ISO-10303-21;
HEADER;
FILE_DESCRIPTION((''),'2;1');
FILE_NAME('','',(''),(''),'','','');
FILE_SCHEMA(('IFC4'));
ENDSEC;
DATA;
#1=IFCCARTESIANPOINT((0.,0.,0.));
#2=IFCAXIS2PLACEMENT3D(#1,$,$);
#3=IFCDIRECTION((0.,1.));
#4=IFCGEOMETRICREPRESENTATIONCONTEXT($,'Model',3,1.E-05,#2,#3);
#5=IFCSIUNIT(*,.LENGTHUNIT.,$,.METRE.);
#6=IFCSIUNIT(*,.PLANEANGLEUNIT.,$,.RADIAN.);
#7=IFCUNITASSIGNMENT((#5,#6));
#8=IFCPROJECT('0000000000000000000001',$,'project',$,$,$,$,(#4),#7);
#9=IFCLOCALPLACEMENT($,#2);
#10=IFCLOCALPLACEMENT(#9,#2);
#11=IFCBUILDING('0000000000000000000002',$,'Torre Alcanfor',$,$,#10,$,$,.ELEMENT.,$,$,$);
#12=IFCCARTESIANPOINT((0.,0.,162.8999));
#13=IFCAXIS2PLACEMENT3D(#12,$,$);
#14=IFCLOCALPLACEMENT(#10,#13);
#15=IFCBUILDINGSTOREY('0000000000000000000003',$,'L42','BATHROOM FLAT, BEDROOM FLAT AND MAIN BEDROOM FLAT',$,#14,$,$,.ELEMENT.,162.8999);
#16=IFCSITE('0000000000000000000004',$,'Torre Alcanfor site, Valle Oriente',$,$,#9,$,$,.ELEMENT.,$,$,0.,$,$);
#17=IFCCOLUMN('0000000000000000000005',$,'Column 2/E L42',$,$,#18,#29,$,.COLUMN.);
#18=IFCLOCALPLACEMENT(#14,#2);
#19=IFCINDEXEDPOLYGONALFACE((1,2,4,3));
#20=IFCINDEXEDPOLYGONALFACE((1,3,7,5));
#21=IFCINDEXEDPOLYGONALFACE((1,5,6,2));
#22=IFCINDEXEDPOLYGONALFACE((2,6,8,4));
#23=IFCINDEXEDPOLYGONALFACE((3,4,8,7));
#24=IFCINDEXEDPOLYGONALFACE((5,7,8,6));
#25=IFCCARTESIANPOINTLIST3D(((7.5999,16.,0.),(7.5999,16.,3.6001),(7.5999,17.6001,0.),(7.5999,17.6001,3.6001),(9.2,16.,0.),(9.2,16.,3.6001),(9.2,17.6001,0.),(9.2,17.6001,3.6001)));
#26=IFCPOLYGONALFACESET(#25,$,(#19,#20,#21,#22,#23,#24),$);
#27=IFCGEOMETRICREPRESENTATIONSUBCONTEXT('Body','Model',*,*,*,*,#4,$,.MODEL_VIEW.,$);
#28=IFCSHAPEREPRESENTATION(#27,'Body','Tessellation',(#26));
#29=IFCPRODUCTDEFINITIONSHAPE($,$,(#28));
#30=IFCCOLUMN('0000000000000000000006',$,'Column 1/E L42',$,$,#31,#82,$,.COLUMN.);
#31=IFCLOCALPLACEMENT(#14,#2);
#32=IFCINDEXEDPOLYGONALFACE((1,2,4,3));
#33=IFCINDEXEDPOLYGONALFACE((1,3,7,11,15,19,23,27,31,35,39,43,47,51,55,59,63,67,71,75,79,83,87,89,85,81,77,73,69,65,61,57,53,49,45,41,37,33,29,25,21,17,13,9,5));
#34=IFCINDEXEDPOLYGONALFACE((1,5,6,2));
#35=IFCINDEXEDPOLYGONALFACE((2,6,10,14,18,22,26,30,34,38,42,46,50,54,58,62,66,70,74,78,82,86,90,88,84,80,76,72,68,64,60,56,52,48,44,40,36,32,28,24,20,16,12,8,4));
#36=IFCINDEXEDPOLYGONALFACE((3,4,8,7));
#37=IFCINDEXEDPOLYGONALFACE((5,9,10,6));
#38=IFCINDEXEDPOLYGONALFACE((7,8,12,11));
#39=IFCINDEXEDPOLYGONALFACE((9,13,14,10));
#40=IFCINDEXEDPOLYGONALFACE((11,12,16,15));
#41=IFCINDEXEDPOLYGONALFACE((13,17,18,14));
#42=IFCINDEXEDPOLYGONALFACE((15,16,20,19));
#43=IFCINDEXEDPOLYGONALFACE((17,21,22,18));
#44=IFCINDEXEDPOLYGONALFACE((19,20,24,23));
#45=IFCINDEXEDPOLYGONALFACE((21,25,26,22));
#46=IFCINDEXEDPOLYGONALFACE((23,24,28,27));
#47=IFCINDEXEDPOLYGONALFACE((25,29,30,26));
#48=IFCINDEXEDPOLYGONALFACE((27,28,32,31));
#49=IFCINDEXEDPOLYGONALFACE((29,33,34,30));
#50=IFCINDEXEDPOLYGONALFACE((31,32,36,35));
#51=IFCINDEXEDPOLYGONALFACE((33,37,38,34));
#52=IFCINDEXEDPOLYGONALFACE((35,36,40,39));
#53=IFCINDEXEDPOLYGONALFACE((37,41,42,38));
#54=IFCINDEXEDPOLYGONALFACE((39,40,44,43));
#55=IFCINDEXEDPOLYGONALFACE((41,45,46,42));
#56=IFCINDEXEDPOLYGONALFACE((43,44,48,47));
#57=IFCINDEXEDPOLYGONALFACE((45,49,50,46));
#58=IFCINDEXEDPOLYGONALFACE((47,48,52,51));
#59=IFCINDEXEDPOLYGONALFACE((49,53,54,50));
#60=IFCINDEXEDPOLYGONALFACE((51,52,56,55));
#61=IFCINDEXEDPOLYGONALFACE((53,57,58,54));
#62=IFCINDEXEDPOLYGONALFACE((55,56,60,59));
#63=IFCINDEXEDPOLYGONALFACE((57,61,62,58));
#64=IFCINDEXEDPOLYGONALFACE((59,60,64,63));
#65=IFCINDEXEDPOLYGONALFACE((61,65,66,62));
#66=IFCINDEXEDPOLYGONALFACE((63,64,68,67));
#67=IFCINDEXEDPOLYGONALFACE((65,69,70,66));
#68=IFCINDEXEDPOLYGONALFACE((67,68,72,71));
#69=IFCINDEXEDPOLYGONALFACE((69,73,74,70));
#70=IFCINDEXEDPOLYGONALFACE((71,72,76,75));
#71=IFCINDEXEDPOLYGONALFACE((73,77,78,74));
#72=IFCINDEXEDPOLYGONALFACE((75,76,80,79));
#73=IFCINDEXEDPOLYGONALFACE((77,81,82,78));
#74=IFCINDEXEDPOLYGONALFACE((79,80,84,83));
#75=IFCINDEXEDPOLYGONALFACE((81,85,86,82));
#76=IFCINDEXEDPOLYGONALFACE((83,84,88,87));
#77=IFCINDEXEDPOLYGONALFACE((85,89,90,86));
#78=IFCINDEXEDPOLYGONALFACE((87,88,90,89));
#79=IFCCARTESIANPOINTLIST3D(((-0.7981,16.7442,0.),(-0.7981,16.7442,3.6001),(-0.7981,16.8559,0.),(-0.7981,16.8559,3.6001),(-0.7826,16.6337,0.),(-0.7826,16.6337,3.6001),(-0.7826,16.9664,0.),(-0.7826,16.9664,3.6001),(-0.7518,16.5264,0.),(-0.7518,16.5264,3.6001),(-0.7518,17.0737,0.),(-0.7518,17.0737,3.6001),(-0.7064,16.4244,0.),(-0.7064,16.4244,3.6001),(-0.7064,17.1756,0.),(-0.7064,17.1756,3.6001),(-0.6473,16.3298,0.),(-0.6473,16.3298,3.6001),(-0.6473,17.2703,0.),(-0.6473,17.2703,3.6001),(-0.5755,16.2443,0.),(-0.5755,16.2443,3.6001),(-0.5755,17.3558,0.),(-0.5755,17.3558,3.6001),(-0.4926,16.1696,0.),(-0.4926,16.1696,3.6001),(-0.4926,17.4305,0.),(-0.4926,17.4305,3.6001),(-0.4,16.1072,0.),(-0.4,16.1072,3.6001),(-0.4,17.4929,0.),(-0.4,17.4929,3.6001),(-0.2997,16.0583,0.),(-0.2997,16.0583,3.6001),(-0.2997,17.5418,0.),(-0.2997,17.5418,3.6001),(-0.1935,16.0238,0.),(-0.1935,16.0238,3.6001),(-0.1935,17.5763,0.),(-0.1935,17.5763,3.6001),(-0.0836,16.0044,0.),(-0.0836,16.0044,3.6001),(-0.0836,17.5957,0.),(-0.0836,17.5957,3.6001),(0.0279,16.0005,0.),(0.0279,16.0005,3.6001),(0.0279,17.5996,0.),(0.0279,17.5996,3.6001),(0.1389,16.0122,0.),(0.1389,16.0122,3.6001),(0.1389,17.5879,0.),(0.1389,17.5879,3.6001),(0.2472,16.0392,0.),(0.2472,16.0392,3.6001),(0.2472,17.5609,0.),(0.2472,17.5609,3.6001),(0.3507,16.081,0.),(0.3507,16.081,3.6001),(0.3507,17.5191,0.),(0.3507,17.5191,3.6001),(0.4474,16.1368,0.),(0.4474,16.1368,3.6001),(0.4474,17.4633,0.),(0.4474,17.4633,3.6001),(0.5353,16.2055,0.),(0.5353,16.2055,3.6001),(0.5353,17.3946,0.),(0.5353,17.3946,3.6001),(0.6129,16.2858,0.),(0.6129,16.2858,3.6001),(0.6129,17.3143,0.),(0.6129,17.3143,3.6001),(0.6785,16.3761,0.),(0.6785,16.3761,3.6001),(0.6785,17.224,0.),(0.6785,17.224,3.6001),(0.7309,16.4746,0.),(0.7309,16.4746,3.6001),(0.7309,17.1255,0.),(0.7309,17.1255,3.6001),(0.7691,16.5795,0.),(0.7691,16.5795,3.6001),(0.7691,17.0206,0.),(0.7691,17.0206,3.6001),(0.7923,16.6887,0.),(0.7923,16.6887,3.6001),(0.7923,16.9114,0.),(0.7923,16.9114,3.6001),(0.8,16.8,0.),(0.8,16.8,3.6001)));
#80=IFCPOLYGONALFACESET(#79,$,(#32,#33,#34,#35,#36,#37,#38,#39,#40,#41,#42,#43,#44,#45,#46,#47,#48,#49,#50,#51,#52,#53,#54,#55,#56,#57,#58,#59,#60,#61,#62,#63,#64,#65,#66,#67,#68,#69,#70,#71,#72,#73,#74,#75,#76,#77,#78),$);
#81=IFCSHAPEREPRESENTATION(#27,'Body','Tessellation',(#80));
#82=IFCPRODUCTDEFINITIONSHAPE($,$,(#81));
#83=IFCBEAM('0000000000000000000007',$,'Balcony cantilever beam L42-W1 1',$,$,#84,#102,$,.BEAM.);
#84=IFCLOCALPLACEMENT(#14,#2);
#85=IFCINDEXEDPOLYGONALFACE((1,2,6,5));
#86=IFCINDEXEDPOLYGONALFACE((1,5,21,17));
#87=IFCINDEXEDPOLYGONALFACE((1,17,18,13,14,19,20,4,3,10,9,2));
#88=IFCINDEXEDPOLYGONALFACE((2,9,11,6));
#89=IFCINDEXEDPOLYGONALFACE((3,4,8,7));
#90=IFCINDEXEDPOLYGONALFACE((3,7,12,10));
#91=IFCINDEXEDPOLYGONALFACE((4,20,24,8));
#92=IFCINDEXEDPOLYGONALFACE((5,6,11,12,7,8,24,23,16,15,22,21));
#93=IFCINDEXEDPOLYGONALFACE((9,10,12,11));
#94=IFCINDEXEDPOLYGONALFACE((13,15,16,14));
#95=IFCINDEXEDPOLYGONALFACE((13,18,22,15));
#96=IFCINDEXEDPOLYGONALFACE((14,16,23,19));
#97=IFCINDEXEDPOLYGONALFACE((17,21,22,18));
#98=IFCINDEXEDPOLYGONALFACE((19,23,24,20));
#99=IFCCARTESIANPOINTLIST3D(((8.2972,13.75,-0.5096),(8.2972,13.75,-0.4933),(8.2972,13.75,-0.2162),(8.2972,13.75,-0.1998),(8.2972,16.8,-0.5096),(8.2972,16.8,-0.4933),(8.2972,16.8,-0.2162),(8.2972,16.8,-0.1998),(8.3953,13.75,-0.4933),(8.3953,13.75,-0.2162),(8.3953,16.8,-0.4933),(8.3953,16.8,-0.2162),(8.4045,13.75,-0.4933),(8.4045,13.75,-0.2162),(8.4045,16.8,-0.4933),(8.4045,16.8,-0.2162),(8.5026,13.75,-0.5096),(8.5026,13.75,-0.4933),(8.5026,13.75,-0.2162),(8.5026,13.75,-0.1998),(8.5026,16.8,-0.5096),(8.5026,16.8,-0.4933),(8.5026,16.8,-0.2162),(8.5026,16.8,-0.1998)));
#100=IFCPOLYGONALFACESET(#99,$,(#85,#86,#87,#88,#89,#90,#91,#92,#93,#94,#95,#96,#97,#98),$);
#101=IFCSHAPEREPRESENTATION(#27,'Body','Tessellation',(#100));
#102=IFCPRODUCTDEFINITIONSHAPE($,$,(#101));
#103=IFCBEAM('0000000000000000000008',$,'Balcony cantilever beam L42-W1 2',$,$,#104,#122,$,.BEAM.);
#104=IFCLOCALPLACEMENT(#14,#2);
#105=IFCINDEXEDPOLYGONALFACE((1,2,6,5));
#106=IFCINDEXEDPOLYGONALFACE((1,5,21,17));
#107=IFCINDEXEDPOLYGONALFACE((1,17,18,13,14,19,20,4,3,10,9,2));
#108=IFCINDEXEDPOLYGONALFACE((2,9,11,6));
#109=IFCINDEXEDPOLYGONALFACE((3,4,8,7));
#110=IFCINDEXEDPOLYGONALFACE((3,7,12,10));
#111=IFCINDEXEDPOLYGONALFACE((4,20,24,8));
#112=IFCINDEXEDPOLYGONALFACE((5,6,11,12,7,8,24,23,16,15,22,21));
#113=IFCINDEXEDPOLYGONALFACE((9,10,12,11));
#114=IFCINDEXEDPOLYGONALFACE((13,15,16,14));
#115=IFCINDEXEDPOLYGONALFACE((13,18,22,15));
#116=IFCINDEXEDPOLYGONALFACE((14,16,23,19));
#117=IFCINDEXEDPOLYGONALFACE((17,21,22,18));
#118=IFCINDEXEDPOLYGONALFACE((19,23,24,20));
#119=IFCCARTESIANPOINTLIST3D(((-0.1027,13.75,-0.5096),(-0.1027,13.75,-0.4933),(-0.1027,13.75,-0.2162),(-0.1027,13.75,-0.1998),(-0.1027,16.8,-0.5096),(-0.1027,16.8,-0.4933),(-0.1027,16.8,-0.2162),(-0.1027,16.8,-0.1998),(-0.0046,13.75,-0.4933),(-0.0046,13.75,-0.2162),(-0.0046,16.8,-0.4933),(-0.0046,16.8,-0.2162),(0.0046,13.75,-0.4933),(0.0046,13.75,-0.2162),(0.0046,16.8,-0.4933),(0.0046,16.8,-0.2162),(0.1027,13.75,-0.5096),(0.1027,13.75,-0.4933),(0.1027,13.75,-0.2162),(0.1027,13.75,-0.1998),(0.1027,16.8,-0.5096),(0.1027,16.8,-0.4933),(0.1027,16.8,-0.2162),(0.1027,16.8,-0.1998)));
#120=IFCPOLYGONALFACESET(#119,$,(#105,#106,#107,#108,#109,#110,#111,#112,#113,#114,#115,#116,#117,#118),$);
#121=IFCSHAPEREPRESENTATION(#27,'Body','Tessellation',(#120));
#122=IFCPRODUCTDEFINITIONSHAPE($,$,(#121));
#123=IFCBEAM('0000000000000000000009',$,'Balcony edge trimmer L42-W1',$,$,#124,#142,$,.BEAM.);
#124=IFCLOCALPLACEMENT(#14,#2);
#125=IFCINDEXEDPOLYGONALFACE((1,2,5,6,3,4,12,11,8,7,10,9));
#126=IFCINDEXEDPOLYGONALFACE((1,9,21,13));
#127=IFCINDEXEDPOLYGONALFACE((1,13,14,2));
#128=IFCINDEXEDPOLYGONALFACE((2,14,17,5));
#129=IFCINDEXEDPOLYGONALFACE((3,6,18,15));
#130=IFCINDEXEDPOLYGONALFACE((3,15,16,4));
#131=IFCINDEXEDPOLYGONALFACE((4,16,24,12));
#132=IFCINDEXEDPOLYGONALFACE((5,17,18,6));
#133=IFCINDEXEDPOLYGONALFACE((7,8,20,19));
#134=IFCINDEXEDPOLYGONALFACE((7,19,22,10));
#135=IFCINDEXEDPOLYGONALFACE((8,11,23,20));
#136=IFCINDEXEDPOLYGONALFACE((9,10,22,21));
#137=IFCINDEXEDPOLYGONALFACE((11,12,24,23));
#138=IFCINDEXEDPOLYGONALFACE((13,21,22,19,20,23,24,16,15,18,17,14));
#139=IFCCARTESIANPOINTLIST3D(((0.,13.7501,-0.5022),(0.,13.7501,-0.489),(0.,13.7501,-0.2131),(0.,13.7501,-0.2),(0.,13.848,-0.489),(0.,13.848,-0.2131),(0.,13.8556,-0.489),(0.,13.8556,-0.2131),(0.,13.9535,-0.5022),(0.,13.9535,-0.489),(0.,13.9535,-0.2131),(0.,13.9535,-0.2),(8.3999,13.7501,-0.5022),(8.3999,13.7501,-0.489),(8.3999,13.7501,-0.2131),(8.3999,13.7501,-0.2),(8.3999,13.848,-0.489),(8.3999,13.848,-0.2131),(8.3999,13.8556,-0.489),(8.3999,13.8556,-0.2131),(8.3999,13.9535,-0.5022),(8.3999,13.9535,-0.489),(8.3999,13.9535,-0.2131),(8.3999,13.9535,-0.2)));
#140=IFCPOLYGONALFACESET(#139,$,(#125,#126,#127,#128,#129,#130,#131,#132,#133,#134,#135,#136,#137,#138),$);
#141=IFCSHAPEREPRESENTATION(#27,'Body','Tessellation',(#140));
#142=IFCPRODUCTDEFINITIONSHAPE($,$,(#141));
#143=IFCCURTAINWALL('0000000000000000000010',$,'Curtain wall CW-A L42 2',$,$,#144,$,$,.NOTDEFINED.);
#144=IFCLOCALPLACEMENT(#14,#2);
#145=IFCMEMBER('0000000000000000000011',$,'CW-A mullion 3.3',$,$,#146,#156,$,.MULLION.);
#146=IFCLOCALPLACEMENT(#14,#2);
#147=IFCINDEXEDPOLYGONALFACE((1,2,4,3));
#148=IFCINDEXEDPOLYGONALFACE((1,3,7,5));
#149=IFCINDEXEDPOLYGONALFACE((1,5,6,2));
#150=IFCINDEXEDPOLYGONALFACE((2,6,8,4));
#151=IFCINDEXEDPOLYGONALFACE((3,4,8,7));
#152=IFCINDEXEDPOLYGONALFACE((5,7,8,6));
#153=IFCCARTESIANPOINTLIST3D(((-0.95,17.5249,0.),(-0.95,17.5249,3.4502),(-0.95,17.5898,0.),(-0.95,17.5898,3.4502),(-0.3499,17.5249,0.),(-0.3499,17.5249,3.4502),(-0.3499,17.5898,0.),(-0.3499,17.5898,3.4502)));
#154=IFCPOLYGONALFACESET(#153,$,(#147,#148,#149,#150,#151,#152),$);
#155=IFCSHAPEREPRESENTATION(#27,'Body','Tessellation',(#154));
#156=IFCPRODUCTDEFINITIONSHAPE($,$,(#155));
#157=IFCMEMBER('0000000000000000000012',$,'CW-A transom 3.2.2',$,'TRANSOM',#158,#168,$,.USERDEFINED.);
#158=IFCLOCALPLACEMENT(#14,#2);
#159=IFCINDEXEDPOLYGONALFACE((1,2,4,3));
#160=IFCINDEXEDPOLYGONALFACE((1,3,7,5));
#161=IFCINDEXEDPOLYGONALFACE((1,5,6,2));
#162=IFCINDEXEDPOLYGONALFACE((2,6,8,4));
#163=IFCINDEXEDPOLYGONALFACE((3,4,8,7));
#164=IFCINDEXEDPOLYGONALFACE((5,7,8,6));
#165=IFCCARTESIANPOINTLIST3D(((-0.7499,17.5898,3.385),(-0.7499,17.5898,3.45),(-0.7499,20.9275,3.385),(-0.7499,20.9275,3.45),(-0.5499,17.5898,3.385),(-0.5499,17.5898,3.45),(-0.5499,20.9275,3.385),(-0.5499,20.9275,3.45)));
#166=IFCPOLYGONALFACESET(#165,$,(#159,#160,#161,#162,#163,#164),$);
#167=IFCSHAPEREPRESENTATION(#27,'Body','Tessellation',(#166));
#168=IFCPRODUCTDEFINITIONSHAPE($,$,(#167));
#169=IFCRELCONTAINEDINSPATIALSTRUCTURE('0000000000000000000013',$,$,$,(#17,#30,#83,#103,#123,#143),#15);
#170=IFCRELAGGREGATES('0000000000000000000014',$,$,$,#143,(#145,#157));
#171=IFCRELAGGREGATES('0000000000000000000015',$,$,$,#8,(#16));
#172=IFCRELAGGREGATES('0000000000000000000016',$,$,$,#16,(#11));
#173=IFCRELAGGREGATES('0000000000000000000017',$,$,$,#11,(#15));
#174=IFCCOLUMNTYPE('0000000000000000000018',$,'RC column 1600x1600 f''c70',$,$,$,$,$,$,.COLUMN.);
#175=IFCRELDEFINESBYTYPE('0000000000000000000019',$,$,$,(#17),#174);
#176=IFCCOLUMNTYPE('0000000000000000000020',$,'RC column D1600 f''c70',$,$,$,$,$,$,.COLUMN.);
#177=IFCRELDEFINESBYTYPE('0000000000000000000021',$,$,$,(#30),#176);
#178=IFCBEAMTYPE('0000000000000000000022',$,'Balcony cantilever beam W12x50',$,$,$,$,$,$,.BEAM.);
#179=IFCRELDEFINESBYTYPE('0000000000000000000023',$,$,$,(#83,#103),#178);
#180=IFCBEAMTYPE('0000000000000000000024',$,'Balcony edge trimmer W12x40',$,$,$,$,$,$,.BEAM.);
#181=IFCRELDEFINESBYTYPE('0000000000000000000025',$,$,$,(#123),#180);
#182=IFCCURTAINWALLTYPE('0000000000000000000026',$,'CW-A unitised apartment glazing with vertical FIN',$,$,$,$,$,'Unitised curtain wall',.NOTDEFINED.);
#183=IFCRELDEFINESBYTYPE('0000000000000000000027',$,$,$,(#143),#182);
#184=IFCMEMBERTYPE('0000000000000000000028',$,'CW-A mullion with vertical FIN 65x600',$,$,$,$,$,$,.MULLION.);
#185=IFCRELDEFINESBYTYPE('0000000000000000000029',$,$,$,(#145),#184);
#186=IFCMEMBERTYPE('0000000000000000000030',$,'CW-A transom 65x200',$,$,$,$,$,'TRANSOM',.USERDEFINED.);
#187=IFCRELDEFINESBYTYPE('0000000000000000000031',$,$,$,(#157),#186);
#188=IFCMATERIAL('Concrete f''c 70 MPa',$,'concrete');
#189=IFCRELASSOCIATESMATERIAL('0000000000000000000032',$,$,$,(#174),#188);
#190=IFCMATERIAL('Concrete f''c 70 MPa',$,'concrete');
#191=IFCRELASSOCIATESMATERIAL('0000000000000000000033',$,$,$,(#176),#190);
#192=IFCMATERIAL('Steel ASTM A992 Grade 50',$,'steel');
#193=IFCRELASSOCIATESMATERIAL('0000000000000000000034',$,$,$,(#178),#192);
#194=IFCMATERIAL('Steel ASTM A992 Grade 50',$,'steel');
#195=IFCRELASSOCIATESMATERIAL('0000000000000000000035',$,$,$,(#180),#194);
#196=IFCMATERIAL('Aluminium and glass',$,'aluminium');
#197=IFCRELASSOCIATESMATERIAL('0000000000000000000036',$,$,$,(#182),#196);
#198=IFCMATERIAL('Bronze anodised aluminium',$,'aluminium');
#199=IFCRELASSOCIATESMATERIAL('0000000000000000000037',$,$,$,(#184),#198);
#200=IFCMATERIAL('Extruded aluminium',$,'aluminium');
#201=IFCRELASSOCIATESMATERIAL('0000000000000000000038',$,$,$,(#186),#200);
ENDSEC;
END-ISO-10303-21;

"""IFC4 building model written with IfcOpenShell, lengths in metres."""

from ifc_helpers import new_model, si_unit, direction, frame, origin, origin_2d, place, context, subcontext, project, spatial, rectangle, circle, i_section, extrude, material, material_profile, profile_set, type_object, element, aggregate, save


model = new_model("IFC4")

# Units and contexts
model_context = context("Model", 3, precision=1e-05, world=origin(), true_north=direction((0.0, 1.0)))
body_context = subcontext(model_context, "Body", "Model", "MODEL_VIEW")
ifc_project = project(units=[si_unit("LENGTHUNIT", "METRE"), si_unit("PLANEANGLEUNIT", "RADIAN")], contexts=[model_context])

# Site, building, storey
site_placement = place(None, origin())
site = spatial("IfcSite", under=ifc_project, at=site_placement, Name="Torre Alcanfor site, Valle Oriente", CompositionType="ELEMENT", RefElevation=0.0)
building_placement = place(site_placement, origin())
building = spatial("IfcBuilding", under=site, at=building_placement, Name="Torre Alcanfor", CompositionType="ELEMENT")
storey_placement = place(building_placement, frame((0.0, 0.0, 162.8999)))
storey = spatial("IfcBuildingStorey", under=building, at=storey_placement, Name="L42", Description="BATHROOM FLAT, BEDROOM FLAT AND MAIN BEDROOM FLAT", CompositionType="ELEMENT", Elevation=162.8999)

# Columns
ifc_material_1 = material(Name="Concrete f'c 70 MPa", Category="concrete")
ifc_material_profile_1 = material_profile(ifc_material_1, rectangle(XDim=1.6001, YDim=1.6001, at=origin_2d()), Name="1600x1600")
ifc_profile_set_1 = profile_set([ifc_material_profile_1], Name="Concrete f'c 70 MPa")
column_type_1 = type_object("IfcColumnType", Name="RC column 1600x1600 f'c70", PredefinedType="COLUMN", material=ifc_profile_set_1)
column_1_placement = place(storey_placement, frame((8.3999, 16.8, 0.0), z_axis=(0.0, 0.0, 1.0), x_axis=(1.0, 0.0, 0.0)))
element("IfcColumn", 1, at=column_1_placement, inside=storey, type_object=column_type_1, Name="Column 2/E L42", PredefinedType="COLUMN", context=body_context, shape_type="SweptSolid", body=[
    extrude(rectangle(XDim=1.6001, YDim=1.6001, at=origin_2d()), origin(), (0.0, 0.0, 1.0), 3.6001),
])
ifc_material_2 = material(Name="Concrete f'c 70 MPa", Category="concrete")
ifc_material_profile_2 = material_profile(ifc_material_2, circle(Radius=0.8, at=origin_2d()), Name="D1600")
ifc_profile_set_2 = profile_set([ifc_material_profile_2], Name="Concrete f'c 70 MPa")
column_type_2 = type_object("IfcColumnType", Name="RC column D1600 f'c70", PredefinedType="COLUMN", material=ifc_profile_set_2)
column_2_placement = place(storey_placement, frame((0.0, 16.8, 0.0), z_axis=(0.0, 0.0, 1.0), x_axis=(1.0, 0.0, 0.0)))
element("IfcColumn", 2, at=column_2_placement, inside=storey, type_object=column_type_2, Name="Column 1/E L42", PredefinedType="COLUMN", context=body_context, shape_type="SweptSolid", body=[
    extrude(circle(Radius=0.8, at=origin_2d()), origin(), (0.0, 0.0, 1.0), 3.6001),
])

# Beams
ifc_material_3 = material(Name="Steel ASTM A992 Grade 50", Category="steel")
ifc_material_profile_3 = material_profile(ifc_material_3, i_section(OverallWidth=0.2053, OverallDepth=0.3098, WebThickness=0.0093, FlangeThickness=0.0164, at=origin_2d()), Name="W12x50")
ifc_profile_set_3 = profile_set([ifc_material_profile_3], Name="Steel ASTM A992 Grade 50")
beam_type_1 = type_object("IfcBeamType", Name="Balcony cantilever beam W12x50", PredefinedType="BEAM", material=ifc_profile_set_3)
for number, where, z_axis, x_axis, name in (
    (3, (8.3999, 16.8, -0.3547), (0.0, -1.0, 0.0), (1.0, 0.0, 0.0), "Balcony cantilever beam L42-W1 1"),
    (4, (0.0, 16.8, -0.3547), (0.0, -1.0, 0.0), (1.0, 0.0, 0.0), "Balcony cantilever beam L42-W1 2"),
):
    element("IfcBeam", number, at=place(storey_placement, frame(where, z_axis=z_axis, x_axis=x_axis)), inside=storey, type_object=beam_type_1, Name=name, PredefinedType="BEAM", context=body_context, shape_type="SweptSolid", body=[
        extrude(i_section(OverallWidth=0.2053, OverallDepth=0.3098, WebThickness=0.0093, FlangeThickness=0.0164, at=origin_2d()), origin(), (0.0, 0.0, 1.0), 3.05),
    ])
ifc_material_4 = material(Name="Steel ASTM A992 Grade 50", Category="steel")
ifc_material_profile_4 = material_profile(ifc_material_4, i_section(OverallWidth=0.2034, OverallDepth=0.3022, WebThickness=0.0076, FlangeThickness=0.0132, at=origin_2d()), Name="W12x40")
ifc_profile_set_4 = profile_set([ifc_material_profile_4], Name="Steel ASTM A992 Grade 50")
beam_type_2 = type_object("IfcBeamType", Name="Balcony edge trimmer W12x40", PredefinedType="BEAM", material=ifc_profile_set_4)
beam_1_placement = place(storey_placement, frame((8.3999, 13.8518, -0.3511), z_axis=(-1.0, 0.0, 0.0), x_axis=(0.0, -1.0, 0.0)))
element("IfcBeam", 5, at=beam_1_placement, inside=storey, type_object=beam_type_2, Name="Balcony edge trimmer L42-W1", PredefinedType="BEAM", context=body_context, shape_type="SweptSolid", body=[
    extrude(i_section(OverallWidth=0.2034, OverallDepth=0.3022, WebThickness=0.0076, FlangeThickness=0.0132, at=origin_2d()), origin(), (0.0, 0.0, 1.0), 8.3999),
])

# Curtain wall, members
ifc_material_5 = material(Name="Aluminium and glass", Category="aluminium")
curtain_wall_type = type_object("IfcCurtainWallType", Name="CW-A unitised apartment glazing with vertical FIN", ElementType="Unitised curtain wall", PredefinedType="NOTDEFINED", material=ifc_material_5)
curtain_wall_placement = place(storey_placement, origin())
curtain_wall = element("IfcCurtainWall", 6, at=curtain_wall_placement, inside=storey, type_object=curtain_wall_type, Name="Curtain wall CW-A L42 2", PredefinedType="NOTDEFINED")
ifc_material_6 = material(Name="Bronze anodised aluminium", Category="aluminium")
ifc_material_profile_5 = material_profile(ifc_material_6, rectangle(XDim=0.6001, YDim=0.0649, at=origin_2d()), Name="CW-A mullion 65x600")
ifc_profile_set_5 = profile_set([ifc_material_profile_5], Name="Bronze anodised aluminium")
member_type_1 = type_object("IfcMemberType", Name="CW-A mullion with vertical FIN 65x600", PredefinedType="MULLION", material=ifc_profile_set_5)
member_1_placement = place(storey_placement, frame((-0.6499, 17.5574, 0.0), z_axis=(0.0, 0.0, 1.0), x_axis=(1.0, 0.0, 0.0)))
member_1 = element("IfcMember", 7, at=member_1_placement, type_object=member_type_1, Name="CW-A mullion 3.3", PredefinedType="MULLION", context=body_context, shape_type="SweptSolid", body=[
    extrude(rectangle(XDim=0.6001, YDim=0.0649, at=origin_2d()), origin(), (0.0, 0.0, 1.0), 3.4502),
])
ifc_material_7 = material(Name="Extruded aluminium", Category="aluminium")
ifc_material_profile_6 = material_profile(ifc_material_7, rectangle(XDim=0.2, YDim=0.0649, at=origin_2d()), Name="CW-A transom 200x65")
ifc_profile_set_6 = profile_set([ifc_material_profile_6], Name="Extruded aluminium")
member_type_2 = type_object("IfcMemberType", Name="CW-A transom 65x200", ElementType="TRANSOM", PredefinedType="USERDEFINED", material=ifc_profile_set_6)
member_2_placement = place(storey_placement, frame((-0.6499, 20.9275, 3.4175), z_axis=(0.0, -1.0, 0.0), x_axis=(1.0, 0.0, 0.0)))
member_2 = element("IfcMember", 8, at=member_2_placement, type_object=member_type_2, Name="CW-A transom 3.2.2", ObjectType="TRANSOM", PredefinedType="USERDEFINED", context=body_context, shape_type="SweptSolid", body=[
    extrude(rectangle(XDim=0.2, YDim=0.0649, at=origin_2d()), origin(), (0.0, 0.0, 1.0), 3.3376),
])

aggregate(curtain_wall, [member_1, member_2])

save(model, "model.ifc")
